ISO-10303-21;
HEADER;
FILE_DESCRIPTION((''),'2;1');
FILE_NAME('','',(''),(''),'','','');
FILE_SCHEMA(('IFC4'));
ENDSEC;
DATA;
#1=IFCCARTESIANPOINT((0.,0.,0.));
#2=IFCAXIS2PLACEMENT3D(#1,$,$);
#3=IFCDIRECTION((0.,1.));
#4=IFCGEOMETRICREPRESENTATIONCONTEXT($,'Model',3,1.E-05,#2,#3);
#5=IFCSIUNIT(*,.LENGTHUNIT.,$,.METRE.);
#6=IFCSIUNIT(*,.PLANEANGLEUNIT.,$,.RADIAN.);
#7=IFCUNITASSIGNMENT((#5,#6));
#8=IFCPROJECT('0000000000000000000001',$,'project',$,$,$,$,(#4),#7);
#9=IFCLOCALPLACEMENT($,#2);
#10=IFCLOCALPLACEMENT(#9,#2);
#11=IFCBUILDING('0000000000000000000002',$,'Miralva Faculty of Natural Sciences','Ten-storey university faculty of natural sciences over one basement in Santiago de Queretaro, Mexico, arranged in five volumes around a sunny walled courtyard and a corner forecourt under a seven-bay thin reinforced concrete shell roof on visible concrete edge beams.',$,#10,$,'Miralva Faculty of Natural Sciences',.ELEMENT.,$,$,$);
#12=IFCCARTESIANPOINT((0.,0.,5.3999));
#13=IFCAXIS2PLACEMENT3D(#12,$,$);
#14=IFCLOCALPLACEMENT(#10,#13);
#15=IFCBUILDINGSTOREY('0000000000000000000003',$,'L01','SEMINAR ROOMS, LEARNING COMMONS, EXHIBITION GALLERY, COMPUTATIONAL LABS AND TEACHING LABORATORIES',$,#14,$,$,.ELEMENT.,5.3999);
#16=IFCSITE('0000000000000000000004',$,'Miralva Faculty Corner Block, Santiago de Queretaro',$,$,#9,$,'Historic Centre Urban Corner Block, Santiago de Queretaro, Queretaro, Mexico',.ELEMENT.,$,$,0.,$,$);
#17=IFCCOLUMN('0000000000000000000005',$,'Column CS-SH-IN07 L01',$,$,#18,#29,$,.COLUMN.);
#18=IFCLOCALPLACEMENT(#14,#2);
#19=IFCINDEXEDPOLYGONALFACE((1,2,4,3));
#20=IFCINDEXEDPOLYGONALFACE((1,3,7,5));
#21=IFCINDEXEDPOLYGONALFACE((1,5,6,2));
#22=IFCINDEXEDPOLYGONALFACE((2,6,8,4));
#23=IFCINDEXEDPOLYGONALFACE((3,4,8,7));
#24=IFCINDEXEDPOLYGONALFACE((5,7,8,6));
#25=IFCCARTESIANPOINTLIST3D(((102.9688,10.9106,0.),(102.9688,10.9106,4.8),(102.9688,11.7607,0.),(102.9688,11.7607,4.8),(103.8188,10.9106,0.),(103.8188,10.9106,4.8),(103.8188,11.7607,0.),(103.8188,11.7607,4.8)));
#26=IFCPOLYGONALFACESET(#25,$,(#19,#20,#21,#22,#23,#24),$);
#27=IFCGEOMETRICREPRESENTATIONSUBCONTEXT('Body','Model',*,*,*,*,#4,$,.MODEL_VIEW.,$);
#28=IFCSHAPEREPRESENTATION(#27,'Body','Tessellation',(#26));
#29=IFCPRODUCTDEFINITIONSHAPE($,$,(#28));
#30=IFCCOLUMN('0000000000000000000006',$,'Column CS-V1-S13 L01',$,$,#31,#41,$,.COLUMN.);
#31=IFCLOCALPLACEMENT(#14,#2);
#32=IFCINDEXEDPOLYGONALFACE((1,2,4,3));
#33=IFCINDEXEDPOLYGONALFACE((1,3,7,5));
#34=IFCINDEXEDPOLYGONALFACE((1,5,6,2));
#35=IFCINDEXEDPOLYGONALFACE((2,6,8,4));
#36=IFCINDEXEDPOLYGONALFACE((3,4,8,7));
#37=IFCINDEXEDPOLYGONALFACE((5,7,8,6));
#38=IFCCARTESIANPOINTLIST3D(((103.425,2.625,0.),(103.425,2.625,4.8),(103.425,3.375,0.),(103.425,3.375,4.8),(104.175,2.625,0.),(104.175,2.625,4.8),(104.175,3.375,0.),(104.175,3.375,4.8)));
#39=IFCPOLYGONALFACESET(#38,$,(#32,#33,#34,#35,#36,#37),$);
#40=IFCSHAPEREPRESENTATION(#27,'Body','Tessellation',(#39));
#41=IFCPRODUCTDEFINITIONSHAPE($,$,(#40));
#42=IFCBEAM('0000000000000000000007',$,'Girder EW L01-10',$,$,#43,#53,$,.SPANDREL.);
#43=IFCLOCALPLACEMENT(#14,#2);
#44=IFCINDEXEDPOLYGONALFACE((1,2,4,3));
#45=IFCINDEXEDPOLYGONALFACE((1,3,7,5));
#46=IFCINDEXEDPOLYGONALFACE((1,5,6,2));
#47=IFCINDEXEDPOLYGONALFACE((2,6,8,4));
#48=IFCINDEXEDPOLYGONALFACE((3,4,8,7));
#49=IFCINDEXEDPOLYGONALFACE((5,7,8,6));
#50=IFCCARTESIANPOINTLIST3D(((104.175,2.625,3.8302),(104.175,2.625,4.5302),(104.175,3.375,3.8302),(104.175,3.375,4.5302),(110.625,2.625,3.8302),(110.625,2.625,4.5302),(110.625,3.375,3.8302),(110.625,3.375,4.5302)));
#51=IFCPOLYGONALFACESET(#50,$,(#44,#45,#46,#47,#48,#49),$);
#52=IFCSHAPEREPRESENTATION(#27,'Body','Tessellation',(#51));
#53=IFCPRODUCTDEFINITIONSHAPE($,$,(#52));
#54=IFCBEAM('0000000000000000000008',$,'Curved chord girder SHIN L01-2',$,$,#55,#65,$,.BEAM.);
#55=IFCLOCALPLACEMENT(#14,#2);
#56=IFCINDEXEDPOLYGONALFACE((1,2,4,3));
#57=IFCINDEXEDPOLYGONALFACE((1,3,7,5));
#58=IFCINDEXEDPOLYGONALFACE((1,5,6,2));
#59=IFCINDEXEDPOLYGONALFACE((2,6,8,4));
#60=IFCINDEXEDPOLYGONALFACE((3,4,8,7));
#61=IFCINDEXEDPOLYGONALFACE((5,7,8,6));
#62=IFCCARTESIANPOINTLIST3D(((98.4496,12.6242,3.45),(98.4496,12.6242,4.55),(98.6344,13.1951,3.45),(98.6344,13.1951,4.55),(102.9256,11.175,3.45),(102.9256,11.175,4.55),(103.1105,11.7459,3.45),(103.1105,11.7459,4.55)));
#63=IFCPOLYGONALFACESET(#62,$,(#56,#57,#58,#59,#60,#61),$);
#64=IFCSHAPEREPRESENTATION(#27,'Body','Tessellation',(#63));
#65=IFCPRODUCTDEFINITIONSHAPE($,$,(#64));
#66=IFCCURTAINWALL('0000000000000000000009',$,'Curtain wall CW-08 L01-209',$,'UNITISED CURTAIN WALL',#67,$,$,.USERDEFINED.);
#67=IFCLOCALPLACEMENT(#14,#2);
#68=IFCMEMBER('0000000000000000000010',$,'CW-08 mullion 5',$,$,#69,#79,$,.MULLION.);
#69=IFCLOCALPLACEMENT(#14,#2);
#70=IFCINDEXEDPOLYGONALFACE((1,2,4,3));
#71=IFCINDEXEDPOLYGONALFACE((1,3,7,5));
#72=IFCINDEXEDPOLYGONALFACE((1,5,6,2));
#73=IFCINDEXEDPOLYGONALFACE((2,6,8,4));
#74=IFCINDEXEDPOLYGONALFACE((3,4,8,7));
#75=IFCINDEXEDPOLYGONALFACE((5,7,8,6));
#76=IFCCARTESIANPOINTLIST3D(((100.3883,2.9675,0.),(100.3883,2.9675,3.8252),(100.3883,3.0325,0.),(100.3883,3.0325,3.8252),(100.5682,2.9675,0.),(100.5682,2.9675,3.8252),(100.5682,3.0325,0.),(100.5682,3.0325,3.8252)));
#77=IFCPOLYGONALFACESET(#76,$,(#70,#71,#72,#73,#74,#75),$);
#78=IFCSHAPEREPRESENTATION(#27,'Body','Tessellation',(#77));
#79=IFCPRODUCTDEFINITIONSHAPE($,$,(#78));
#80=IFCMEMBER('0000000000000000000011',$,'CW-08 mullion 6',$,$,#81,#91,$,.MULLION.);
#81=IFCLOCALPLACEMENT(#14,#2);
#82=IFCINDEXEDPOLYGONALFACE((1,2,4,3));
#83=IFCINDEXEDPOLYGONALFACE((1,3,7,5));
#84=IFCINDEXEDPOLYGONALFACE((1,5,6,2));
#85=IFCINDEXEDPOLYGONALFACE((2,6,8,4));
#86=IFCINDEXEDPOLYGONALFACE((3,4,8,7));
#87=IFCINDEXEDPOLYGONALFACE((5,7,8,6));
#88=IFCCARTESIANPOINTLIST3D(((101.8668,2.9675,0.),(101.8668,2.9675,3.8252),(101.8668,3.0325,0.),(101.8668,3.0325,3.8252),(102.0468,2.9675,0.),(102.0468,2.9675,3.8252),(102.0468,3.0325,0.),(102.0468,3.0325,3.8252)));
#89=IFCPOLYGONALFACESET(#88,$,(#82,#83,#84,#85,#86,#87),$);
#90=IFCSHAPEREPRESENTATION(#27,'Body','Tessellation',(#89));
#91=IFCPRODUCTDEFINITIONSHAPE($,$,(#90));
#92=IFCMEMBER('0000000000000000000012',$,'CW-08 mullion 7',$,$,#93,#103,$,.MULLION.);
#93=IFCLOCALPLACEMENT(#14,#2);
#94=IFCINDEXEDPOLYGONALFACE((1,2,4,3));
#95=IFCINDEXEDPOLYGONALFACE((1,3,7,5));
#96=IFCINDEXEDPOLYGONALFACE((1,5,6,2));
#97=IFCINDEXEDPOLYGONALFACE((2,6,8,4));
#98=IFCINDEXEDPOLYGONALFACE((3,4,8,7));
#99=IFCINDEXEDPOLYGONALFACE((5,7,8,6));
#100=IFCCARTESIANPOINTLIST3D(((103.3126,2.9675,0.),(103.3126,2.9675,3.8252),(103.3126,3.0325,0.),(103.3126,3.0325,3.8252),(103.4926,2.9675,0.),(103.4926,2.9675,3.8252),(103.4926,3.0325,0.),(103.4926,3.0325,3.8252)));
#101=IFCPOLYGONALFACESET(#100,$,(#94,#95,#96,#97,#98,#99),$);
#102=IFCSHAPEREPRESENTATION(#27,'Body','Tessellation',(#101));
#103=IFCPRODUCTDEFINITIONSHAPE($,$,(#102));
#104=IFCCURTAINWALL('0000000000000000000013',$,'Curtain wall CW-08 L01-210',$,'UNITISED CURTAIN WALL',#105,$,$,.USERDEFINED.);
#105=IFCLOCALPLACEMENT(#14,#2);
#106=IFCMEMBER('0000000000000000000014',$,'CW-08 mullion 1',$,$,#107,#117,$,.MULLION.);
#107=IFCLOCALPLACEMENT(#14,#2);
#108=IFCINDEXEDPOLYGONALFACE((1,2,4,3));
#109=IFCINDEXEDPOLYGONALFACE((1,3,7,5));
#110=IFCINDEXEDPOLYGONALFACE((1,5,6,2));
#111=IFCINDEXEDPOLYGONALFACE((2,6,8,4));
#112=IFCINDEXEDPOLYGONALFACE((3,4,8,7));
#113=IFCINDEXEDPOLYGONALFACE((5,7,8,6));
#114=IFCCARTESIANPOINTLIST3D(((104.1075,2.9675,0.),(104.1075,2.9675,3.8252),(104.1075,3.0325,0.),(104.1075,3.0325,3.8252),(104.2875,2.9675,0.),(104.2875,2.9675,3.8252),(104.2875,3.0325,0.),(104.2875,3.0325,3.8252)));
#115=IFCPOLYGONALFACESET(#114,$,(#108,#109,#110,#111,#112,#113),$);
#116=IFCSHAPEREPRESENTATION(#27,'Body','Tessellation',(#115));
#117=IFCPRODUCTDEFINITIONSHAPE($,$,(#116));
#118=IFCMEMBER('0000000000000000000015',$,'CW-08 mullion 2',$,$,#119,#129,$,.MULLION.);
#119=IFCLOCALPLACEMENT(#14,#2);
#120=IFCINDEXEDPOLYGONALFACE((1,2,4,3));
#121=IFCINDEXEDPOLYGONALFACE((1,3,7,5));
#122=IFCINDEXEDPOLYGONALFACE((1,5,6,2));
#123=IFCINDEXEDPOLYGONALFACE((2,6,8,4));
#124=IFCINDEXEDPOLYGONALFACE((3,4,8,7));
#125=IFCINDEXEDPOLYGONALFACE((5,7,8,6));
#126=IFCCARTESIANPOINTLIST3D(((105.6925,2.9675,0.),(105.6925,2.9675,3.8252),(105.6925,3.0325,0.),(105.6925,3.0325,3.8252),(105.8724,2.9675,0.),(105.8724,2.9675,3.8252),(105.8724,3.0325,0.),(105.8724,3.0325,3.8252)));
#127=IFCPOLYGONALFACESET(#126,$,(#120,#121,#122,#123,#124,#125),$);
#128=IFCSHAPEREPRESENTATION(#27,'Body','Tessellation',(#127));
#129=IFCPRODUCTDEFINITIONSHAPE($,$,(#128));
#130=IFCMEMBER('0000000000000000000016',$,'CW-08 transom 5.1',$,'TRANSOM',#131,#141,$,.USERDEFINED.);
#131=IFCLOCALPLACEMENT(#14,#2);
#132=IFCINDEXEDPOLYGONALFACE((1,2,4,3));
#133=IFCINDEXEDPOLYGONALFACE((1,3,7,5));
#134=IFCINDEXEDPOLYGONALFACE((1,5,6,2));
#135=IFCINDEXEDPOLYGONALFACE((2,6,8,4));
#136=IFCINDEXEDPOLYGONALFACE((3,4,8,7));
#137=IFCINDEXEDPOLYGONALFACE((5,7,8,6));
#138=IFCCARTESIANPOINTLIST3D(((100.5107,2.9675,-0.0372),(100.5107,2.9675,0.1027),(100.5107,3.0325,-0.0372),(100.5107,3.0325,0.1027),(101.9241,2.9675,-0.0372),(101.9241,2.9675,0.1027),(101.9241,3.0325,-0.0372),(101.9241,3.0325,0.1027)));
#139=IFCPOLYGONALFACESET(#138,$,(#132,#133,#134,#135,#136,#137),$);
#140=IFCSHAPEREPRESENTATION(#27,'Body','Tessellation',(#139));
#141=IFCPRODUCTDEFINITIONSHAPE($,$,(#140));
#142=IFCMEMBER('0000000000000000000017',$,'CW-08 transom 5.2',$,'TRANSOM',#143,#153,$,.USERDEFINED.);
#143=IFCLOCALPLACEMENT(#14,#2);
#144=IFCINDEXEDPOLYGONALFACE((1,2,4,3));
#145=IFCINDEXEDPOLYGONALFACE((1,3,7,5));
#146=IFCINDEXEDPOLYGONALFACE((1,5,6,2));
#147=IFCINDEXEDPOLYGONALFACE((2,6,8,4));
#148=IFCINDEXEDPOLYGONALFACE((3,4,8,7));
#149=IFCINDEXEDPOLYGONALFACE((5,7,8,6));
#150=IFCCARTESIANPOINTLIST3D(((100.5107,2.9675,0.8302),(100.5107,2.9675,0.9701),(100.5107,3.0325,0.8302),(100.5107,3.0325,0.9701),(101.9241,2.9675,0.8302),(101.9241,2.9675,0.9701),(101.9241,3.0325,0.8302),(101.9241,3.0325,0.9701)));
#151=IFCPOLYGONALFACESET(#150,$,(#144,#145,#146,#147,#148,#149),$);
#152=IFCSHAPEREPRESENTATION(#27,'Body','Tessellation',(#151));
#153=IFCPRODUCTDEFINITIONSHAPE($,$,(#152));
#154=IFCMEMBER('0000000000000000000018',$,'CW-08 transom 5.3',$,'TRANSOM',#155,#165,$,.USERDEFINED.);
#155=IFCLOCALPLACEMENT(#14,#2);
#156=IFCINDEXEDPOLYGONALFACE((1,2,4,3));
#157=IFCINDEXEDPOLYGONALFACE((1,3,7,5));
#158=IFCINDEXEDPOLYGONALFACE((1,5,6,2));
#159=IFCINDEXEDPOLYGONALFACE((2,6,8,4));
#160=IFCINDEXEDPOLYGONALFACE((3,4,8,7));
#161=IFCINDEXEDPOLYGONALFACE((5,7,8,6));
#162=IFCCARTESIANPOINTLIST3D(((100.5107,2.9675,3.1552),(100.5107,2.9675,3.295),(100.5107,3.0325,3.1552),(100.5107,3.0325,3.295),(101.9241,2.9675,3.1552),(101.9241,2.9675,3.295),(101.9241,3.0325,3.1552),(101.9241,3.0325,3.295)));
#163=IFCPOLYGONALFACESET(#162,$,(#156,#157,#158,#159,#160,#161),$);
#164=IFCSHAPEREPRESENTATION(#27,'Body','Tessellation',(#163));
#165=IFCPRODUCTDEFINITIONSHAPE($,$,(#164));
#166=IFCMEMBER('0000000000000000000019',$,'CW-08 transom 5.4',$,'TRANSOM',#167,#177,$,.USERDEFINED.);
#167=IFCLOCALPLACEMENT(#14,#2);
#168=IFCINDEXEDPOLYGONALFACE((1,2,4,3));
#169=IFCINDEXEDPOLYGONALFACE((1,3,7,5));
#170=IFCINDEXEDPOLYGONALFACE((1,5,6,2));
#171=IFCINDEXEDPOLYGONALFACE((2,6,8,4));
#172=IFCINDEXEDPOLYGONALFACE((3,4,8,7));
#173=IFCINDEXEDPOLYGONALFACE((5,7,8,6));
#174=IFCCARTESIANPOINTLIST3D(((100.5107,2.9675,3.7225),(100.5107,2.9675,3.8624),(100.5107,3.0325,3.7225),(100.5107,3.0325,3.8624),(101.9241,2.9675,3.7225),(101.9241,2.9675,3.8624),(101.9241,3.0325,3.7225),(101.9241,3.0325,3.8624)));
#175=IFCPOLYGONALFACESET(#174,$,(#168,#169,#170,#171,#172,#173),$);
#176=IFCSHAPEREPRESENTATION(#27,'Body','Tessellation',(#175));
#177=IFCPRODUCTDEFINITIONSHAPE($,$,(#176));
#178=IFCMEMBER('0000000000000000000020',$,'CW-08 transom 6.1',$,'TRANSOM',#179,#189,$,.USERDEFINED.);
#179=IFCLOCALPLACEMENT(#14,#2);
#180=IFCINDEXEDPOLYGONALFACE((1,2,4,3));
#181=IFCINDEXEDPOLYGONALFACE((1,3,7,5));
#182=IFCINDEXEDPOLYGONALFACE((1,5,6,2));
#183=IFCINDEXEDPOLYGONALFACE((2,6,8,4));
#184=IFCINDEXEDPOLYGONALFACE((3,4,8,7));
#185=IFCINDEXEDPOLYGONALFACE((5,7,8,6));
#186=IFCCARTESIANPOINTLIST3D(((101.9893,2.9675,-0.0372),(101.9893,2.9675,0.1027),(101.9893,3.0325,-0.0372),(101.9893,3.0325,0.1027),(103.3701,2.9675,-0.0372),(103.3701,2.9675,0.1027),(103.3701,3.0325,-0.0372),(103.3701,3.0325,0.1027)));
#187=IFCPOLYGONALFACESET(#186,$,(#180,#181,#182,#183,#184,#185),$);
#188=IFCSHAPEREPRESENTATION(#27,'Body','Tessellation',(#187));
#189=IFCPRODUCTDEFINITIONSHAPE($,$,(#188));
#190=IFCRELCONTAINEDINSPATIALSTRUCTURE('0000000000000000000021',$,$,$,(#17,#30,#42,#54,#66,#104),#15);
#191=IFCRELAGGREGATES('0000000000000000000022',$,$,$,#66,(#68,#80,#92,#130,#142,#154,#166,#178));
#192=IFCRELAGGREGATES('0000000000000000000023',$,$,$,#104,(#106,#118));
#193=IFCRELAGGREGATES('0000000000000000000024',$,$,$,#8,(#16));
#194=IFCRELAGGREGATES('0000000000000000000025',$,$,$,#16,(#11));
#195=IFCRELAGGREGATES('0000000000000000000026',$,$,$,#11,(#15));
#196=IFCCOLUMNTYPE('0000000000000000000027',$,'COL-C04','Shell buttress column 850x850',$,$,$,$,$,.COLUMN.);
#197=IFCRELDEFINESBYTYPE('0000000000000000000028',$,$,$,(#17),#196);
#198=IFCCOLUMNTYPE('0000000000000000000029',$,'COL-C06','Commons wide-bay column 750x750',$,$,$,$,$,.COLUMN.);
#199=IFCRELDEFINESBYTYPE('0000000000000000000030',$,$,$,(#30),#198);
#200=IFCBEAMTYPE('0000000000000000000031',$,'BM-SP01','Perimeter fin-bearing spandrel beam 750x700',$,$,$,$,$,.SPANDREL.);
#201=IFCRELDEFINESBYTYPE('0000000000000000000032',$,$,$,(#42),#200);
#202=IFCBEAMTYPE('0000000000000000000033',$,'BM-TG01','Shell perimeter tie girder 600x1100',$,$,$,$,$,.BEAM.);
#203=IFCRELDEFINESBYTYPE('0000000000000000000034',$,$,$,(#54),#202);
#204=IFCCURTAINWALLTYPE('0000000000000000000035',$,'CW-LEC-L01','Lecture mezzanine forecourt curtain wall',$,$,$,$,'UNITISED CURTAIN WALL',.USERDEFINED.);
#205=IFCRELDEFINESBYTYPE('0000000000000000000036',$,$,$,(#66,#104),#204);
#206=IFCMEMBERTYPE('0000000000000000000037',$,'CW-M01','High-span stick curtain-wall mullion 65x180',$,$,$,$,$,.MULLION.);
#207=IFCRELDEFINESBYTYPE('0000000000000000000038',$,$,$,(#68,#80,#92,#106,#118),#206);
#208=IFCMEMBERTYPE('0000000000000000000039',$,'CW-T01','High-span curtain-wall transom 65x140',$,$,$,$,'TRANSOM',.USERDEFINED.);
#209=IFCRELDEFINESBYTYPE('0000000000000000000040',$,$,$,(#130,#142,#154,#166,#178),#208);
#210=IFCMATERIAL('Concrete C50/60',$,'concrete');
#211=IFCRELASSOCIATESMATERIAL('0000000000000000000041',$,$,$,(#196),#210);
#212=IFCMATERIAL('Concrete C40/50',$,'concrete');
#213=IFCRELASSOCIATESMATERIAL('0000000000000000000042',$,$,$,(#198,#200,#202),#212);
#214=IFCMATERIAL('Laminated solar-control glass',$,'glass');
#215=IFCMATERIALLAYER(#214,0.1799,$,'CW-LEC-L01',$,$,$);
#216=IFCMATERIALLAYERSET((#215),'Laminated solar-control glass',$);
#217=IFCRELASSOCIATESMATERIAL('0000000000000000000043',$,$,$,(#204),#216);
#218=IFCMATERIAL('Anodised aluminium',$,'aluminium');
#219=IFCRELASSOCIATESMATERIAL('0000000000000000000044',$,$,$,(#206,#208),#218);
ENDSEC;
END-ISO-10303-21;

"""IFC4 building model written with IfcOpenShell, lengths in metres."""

from ifc_helpers import new_model, si_unit, direction, frame, origin, origin_2d, place, context, subcontext, project, spatial, rectangle, extrude, material, layer, layer_set, material_profile, profile_set, type_object, element, aggregate, save


model = new_model("IFC4")

# Units and contexts
model_context = context("Model", 3, precision=1e-05, world=origin(), true_north=direction((0.0, 1.0)))
body_context = subcontext(model_context, "Body", "Model", "MODEL_VIEW")
ifc_project = project(units=[si_unit("LENGTHUNIT", "METRE"), si_unit("PLANEANGLEUNIT", "RADIAN")], contexts=[model_context])

# Site, building, storey
site_placement = place(None, origin())
site = spatial("IfcSite", under=ifc_project, at=site_placement, Name="Miralva Faculty Corner Block, Santiago de Queretaro", LongName="Historic Centre Urban Corner Block, Santiago de Queretaro, Queretaro, Mexico", CompositionType="ELEMENT", RefElevation=0.0)
building_placement = place(site_placement, origin())
building = spatial("IfcBuilding", under=site, at=building_placement, Name="Miralva Faculty of Natural Sciences", Description="Ten-storey university faculty of natural sciences over one basement in Santiago de Queretaro, Mexico, arranged in five volumes around a sunny walled courtyard and a corner forecourt under a seven-bay thin reinforced concrete shell roof on visible concrete edge beams.", LongName="Miralva Faculty of Natural Sciences", CompositionType="ELEMENT")
storey_placement = place(building_placement, frame((0.0, 0.0, 5.3999)))
storey = spatial("IfcBuildingStorey", under=building, at=storey_placement, Name="L01", Description="SEMINAR ROOMS, LEARNING COMMONS, EXHIBITION GALLERY, COMPUTATIONAL LABS AND TEACHING LABORATORIES", CompositionType="ELEMENT", Elevation=5.3999)

# Columns
ifc_material_1 = material(Name="Concrete C50/60", Category="concrete")
ifc_material_profile_1 = material_profile(ifc_material_1, rectangle(XDim=0.8501, YDim=0.8501, at=origin_2d()), Name="RC 850x850")
ifc_profile_set_1 = profile_set([ifc_material_profile_1], Name="Concrete C50/60")
column_type_1 = type_object("IfcColumnType", Name="COL-C04", Description="Shell buttress column 850x850", PredefinedType="COLUMN", material=ifc_profile_set_1)
column_1_placement = place(storey_placement, frame((103.3938, 11.3357, 0.0), z_axis=(0.0, 0.0, 1.0), x_axis=(1.0, 0.0, 0.0)))
element("IfcColumn", 1, at=column_1_placement, inside=storey, type_object=column_type_1, Name="Column CS-SH-IN07 L01", PredefinedType="COLUMN", context=body_context, shape_type="SweptSolid", body=[
    extrude(rectangle(XDim=0.8501, YDim=0.8501, at=origin_2d()), origin(), (0.0, 0.0, 1.0), 4.8),
])
ifc_material_2 = material(Name="Concrete C40/50", Category="concrete")
ifc_material_profile_2 = material_profile(ifc_material_2, rectangle(XDim=0.75, YDim=0.75, at=origin_2d()), Name="RC 750x750")
ifc_profile_set_2 = profile_set([ifc_material_profile_2], Name="Concrete C40/50")
column_type_2 = type_object("IfcColumnType", Name="COL-C06", Description="Commons wide-bay column 750x750", PredefinedType="COLUMN", material=ifc_profile_set_2)
column_2_placement = place(storey_placement, frame((103.8, 3.0, 0.0), z_axis=(0.0, 0.0, 1.0), x_axis=(1.0, 0.0, 0.0)))
element("IfcColumn", 2, at=column_2_placement, inside=storey, type_object=column_type_2, Name="Column CS-V1-S13 L01", PredefinedType="COLUMN", context=body_context, shape_type="SweptSolid", body=[
    extrude(rectangle(XDim=0.75, YDim=0.75, at=origin_2d()), origin(), (0.0, 0.0, 1.0), 4.8),
])

# Beams
ifc_material_profile_3 = material_profile(ifc_material_2, rectangle(XDim=0.75, YDim=0.7, at=origin_2d()), Name="RC 750x700")
ifc_profile_set_3 = profile_set([ifc_material_profile_3], Name="Concrete C40/50")
beam_type_1 = type_object("IfcBeamType", Name="BM-SP01", Description="Perimeter fin-bearing spandrel beam 750x700", PredefinedType="SPANDREL", material=ifc_profile_set_3)
beam_1_placement = place(storey_placement, frame((104.175, 3.0, 4.1802), z_axis=(1.0, 0.0, 0.0), x_axis=(0.0, 1.0, 0.0)))
element("IfcBeam", 3, at=beam_1_placement, inside=storey, type_object=beam_type_1, Name="Girder EW L01-10", PredefinedType="SPANDREL", context=body_context, shape_type="SweptSolid", body=[
    extrude(rectangle(XDim=0.75, YDim=0.7, at=origin_2d()), origin(), (0.0, 0.0, 1.0), 6.45),
])
ifc_material_profile_4 = material_profile(ifc_material_2, rectangle(XDim=0.6001, YDim=1.1001, at=origin_2d()), Name="RC 600x1100")
ifc_profile_set_4 = profile_set([ifc_material_profile_4], Name="Concrete C40/50")
beam_type_2 = type_object("IfcBeamType", Name="BM-TG01", Description="Shell perimeter tie girder 600x1100", PredefinedType="BEAM", material=ifc_profile_set_4)
beam_2_placement = place(storey_placement, frame((103.0181, 11.4604, 4.0), z_axis=(-0.951377, 0.308028, 0.0), x_axis=(-0.308028, -0.951377, 0.0)))
element("IfcBeam", 4, at=beam_2_placement, inside=storey, type_object=beam_type_2, Name="Curved chord girder SHIN L01-2", PredefinedType="BEAM", context=body_context, shape_type="SweptSolid", body=[
    extrude(rectangle(XDim=0.6001, YDim=1.1001, at=origin_2d()), origin(), (0.0, 0.0, 1.0), 4.7048),
])

# Curtain walls, members
ifc_material_3 = material(Name="Laminated solar-control glass", Category="glass")
ifc_layer_1 = layer(ifc_material_3, 0.1799, Name="CW-LEC-L01")
ifc_layer_set_1 = layer_set([ifc_layer_1], Name="Laminated solar-control glass")
curtain_wall_type = type_object("IfcCurtainWallType", Name="CW-LEC-L01", Description="Lecture mezzanine forecourt curtain wall", ElementType="UNITISED CURTAIN WALL", PredefinedType="USERDEFINED", material=ifc_layer_set_1)
curtain_wall_1_placement = place(storey_placement, origin())
curtain_wall_1 = element("IfcCurtainWall", 5, at=curtain_wall_1_placement, inside=storey, type_object=curtain_wall_type, Name="Curtain wall CW-08 L01-209", ObjectType="UNITISED CURTAIN WALL", PredefinedType="USERDEFINED")
ifc_material_4 = material(Name="Anodised aluminium", Category="aluminium")
ifc_material_profile_5 = material_profile(ifc_material_4, rectangle(XDim=0.0649, YDim=0.1799, at=origin_2d()), Name="MULLION 65x180")
ifc_profile_set_5 = profile_set([ifc_material_profile_5], Name="Anodised aluminium")
member_type_1 = type_object("IfcMemberType", Name="CW-M01", Description="High-span stick curtain-wall mullion 65x180", PredefinedType="MULLION", material=ifc_profile_set_5)
member_1_placement = place(storey_placement, frame((100.4783, 3.0, 0.0), z_axis=(0.0, 0.0, 1.0), x_axis=(0.0, 1.0, 0.0)))
member_1 = element("IfcMember", 6, at=member_1_placement, type_object=member_type_1, Name="CW-08 mullion 5", PredefinedType="MULLION", context=body_context, shape_type="SweptSolid", body=[
    extrude(rectangle(XDim=0.0649, YDim=0.1799, at=origin_2d()), origin(), (0.0, 0.0, 1.0), 3.8252),
])
member_2_placement = place(storey_placement, frame((101.9568, 3.0, 0.0), z_axis=(0.0, 0.0, 1.0), x_axis=(0.0, 1.0, 0.0)))
member_2 = element("IfcMember", 7, at=member_2_placement, type_object=member_type_1, Name="CW-08 mullion 6", PredefinedType="MULLION", context=body_context, shape_type="SweptSolid", body=[
    extrude(rectangle(XDim=0.0649, YDim=0.1799, at=origin_2d()), origin(), (0.0, 0.0, 1.0), 3.8252),
])
member_3_placement = place(storey_placement, frame((103.4026, 3.0, 0.0), z_axis=(0.0, 0.0, 1.0), x_axis=(0.0, 1.0, 0.0)))
member_3 = element("IfcMember", 8, at=member_3_placement, type_object=member_type_1, Name="CW-08 mullion 7", PredefinedType="MULLION", context=body_context, shape_type="SweptSolid", body=[
    extrude(rectangle(XDim=0.0649, YDim=0.1799, at=origin_2d()), origin(), (0.0, 0.0, 1.0), 3.8252),
])
curtain_wall_2_placement = place(storey_placement, origin())
curtain_wall_2 = element("IfcCurtainWall", 9, at=curtain_wall_2_placement, inside=storey, type_object=curtain_wall_type, Name="Curtain wall CW-08 L01-210", ObjectType="UNITISED CURTAIN WALL", PredefinedType="USERDEFINED")
member_4_placement = place(storey_placement, frame((104.1975, 3.0, 0.0), z_axis=(0.0, 0.0, 1.0), x_axis=(0.0, 1.0, 0.0)))
member_4 = element("IfcMember", 10, at=member_4_placement, type_object=member_type_1, Name="CW-08 mullion 1", PredefinedType="MULLION", context=body_context, shape_type="SweptSolid", body=[
    extrude(rectangle(XDim=0.0649, YDim=0.1799, at=origin_2d()), origin(), (0.0, 0.0, 1.0), 3.8252),
])
member_5_placement = place(storey_placement, frame((105.7825, 3.0, 0.0), z_axis=(0.0, 0.0, 1.0), x_axis=(0.0, 1.0, 0.0)))
member_5 = element("IfcMember", 11, at=member_5_placement, type_object=member_type_1, Name="CW-08 mullion 2", PredefinedType="MULLION", context=body_context, shape_type="SweptSolid", body=[
    extrude(rectangle(XDim=0.0649, YDim=0.1799, at=origin_2d()), origin(), (0.0, 0.0, 1.0), 3.8252),
])

# Members
ifc_material_profile_6 = material_profile(ifc_material_4, rectangle(XDim=0.0649, YDim=0.1399, at=origin_2d()), Name="TRANSOM 65x140")
ifc_profile_set_6 = profile_set([ifc_material_profile_6], Name="Anodised aluminium")
member_type_2 = type_object("IfcMemberType", Name="CW-T01", Description="High-span curtain-wall transom 65x140", ElementType="TRANSOM", PredefinedType="USERDEFINED", material=ifc_profile_set_6)
member_6_placement = place(storey_placement, frame((100.5107, 3.0, 0.0327), z_axis=(1.0, 0.0, 0.0), x_axis=(0.0, 1.0, 0.0)))
member_6 = element("IfcMember", 12, at=member_6_placement, type_object=member_type_2, Name="CW-08 transom 5.1", ObjectType="TRANSOM", PredefinedType="USERDEFINED", context=body_context, shape_type="SweptSolid", body=[
    extrude(rectangle(XDim=0.0649, YDim=0.1399, at=origin_2d()), origin(), (0.0, 0.0, 1.0), 1.4133),
])
member_7_placement = place(storey_placement, frame((100.5107, 3.0, 0.9001), z_axis=(1.0, 0.0, 0.0), x_axis=(0.0, 1.0, 0.0)))
member_7 = element("IfcMember", 13, at=member_7_placement, type_object=member_type_2, Name="CW-08 transom 5.2", ObjectType="TRANSOM", PredefinedType="USERDEFINED", context=body_context, shape_type="SweptSolid", body=[
    extrude(rectangle(XDim=0.0649, YDim=0.1399, at=origin_2d()), origin(), (0.0, 0.0, 1.0), 1.4133),
])
member_8_placement = place(storey_placement, frame((100.5107, 3.0, 3.2251), z_axis=(1.0, 0.0, 0.0), x_axis=(0.0, 1.0, 0.0)))
member_8 = element("IfcMember", 14, at=member_8_placement, type_object=member_type_2, Name="CW-08 transom 5.3", ObjectType="TRANSOM", PredefinedType="USERDEFINED", context=body_context, shape_type="SweptSolid", body=[
    extrude(rectangle(XDim=0.0649, YDim=0.1399, at=origin_2d()), origin(), (0.0, 0.0, 1.0), 1.4133),
])
member_9_placement = place(storey_placement, frame((100.5107, 3.0, 3.7925), z_axis=(1.0, 0.0, 0.0), x_axis=(0.0, 1.0, 0.0)))
member_9 = element("IfcMember", 15, at=member_9_placement, type_object=member_type_2, Name="CW-08 transom 5.4", ObjectType="TRANSOM", PredefinedType="USERDEFINED", context=body_context, shape_type="SweptSolid", body=[
    extrude(rectangle(XDim=0.0649, YDim=0.1399, at=origin_2d()), origin(), (0.0, 0.0, 1.0), 1.4133),
])
member_10_placement = place(storey_placement, frame((101.9893, 3.0, 0.0327), z_axis=(1.0, 0.0, 0.0), x_axis=(0.0, 1.0, 0.0)))
member_10 = element("IfcMember", 16, at=member_10_placement, type_object=member_type_2, Name="CW-08 transom 6.1", ObjectType="TRANSOM", PredefinedType="USERDEFINED", context=body_context, shape_type="SweptSolid", body=[
    extrude(rectangle(XDim=0.0649, YDim=0.1399, at=origin_2d()), origin(), (0.0, 0.0, 1.0), 1.3809),
])

aggregate(curtain_wall_1, [member_1, member_2, member_3, member_6, member_7, member_8, member_9, member_10])
aggregate(curtain_wall_2, [member_4, member_5])

save(model, "model.ifc")
